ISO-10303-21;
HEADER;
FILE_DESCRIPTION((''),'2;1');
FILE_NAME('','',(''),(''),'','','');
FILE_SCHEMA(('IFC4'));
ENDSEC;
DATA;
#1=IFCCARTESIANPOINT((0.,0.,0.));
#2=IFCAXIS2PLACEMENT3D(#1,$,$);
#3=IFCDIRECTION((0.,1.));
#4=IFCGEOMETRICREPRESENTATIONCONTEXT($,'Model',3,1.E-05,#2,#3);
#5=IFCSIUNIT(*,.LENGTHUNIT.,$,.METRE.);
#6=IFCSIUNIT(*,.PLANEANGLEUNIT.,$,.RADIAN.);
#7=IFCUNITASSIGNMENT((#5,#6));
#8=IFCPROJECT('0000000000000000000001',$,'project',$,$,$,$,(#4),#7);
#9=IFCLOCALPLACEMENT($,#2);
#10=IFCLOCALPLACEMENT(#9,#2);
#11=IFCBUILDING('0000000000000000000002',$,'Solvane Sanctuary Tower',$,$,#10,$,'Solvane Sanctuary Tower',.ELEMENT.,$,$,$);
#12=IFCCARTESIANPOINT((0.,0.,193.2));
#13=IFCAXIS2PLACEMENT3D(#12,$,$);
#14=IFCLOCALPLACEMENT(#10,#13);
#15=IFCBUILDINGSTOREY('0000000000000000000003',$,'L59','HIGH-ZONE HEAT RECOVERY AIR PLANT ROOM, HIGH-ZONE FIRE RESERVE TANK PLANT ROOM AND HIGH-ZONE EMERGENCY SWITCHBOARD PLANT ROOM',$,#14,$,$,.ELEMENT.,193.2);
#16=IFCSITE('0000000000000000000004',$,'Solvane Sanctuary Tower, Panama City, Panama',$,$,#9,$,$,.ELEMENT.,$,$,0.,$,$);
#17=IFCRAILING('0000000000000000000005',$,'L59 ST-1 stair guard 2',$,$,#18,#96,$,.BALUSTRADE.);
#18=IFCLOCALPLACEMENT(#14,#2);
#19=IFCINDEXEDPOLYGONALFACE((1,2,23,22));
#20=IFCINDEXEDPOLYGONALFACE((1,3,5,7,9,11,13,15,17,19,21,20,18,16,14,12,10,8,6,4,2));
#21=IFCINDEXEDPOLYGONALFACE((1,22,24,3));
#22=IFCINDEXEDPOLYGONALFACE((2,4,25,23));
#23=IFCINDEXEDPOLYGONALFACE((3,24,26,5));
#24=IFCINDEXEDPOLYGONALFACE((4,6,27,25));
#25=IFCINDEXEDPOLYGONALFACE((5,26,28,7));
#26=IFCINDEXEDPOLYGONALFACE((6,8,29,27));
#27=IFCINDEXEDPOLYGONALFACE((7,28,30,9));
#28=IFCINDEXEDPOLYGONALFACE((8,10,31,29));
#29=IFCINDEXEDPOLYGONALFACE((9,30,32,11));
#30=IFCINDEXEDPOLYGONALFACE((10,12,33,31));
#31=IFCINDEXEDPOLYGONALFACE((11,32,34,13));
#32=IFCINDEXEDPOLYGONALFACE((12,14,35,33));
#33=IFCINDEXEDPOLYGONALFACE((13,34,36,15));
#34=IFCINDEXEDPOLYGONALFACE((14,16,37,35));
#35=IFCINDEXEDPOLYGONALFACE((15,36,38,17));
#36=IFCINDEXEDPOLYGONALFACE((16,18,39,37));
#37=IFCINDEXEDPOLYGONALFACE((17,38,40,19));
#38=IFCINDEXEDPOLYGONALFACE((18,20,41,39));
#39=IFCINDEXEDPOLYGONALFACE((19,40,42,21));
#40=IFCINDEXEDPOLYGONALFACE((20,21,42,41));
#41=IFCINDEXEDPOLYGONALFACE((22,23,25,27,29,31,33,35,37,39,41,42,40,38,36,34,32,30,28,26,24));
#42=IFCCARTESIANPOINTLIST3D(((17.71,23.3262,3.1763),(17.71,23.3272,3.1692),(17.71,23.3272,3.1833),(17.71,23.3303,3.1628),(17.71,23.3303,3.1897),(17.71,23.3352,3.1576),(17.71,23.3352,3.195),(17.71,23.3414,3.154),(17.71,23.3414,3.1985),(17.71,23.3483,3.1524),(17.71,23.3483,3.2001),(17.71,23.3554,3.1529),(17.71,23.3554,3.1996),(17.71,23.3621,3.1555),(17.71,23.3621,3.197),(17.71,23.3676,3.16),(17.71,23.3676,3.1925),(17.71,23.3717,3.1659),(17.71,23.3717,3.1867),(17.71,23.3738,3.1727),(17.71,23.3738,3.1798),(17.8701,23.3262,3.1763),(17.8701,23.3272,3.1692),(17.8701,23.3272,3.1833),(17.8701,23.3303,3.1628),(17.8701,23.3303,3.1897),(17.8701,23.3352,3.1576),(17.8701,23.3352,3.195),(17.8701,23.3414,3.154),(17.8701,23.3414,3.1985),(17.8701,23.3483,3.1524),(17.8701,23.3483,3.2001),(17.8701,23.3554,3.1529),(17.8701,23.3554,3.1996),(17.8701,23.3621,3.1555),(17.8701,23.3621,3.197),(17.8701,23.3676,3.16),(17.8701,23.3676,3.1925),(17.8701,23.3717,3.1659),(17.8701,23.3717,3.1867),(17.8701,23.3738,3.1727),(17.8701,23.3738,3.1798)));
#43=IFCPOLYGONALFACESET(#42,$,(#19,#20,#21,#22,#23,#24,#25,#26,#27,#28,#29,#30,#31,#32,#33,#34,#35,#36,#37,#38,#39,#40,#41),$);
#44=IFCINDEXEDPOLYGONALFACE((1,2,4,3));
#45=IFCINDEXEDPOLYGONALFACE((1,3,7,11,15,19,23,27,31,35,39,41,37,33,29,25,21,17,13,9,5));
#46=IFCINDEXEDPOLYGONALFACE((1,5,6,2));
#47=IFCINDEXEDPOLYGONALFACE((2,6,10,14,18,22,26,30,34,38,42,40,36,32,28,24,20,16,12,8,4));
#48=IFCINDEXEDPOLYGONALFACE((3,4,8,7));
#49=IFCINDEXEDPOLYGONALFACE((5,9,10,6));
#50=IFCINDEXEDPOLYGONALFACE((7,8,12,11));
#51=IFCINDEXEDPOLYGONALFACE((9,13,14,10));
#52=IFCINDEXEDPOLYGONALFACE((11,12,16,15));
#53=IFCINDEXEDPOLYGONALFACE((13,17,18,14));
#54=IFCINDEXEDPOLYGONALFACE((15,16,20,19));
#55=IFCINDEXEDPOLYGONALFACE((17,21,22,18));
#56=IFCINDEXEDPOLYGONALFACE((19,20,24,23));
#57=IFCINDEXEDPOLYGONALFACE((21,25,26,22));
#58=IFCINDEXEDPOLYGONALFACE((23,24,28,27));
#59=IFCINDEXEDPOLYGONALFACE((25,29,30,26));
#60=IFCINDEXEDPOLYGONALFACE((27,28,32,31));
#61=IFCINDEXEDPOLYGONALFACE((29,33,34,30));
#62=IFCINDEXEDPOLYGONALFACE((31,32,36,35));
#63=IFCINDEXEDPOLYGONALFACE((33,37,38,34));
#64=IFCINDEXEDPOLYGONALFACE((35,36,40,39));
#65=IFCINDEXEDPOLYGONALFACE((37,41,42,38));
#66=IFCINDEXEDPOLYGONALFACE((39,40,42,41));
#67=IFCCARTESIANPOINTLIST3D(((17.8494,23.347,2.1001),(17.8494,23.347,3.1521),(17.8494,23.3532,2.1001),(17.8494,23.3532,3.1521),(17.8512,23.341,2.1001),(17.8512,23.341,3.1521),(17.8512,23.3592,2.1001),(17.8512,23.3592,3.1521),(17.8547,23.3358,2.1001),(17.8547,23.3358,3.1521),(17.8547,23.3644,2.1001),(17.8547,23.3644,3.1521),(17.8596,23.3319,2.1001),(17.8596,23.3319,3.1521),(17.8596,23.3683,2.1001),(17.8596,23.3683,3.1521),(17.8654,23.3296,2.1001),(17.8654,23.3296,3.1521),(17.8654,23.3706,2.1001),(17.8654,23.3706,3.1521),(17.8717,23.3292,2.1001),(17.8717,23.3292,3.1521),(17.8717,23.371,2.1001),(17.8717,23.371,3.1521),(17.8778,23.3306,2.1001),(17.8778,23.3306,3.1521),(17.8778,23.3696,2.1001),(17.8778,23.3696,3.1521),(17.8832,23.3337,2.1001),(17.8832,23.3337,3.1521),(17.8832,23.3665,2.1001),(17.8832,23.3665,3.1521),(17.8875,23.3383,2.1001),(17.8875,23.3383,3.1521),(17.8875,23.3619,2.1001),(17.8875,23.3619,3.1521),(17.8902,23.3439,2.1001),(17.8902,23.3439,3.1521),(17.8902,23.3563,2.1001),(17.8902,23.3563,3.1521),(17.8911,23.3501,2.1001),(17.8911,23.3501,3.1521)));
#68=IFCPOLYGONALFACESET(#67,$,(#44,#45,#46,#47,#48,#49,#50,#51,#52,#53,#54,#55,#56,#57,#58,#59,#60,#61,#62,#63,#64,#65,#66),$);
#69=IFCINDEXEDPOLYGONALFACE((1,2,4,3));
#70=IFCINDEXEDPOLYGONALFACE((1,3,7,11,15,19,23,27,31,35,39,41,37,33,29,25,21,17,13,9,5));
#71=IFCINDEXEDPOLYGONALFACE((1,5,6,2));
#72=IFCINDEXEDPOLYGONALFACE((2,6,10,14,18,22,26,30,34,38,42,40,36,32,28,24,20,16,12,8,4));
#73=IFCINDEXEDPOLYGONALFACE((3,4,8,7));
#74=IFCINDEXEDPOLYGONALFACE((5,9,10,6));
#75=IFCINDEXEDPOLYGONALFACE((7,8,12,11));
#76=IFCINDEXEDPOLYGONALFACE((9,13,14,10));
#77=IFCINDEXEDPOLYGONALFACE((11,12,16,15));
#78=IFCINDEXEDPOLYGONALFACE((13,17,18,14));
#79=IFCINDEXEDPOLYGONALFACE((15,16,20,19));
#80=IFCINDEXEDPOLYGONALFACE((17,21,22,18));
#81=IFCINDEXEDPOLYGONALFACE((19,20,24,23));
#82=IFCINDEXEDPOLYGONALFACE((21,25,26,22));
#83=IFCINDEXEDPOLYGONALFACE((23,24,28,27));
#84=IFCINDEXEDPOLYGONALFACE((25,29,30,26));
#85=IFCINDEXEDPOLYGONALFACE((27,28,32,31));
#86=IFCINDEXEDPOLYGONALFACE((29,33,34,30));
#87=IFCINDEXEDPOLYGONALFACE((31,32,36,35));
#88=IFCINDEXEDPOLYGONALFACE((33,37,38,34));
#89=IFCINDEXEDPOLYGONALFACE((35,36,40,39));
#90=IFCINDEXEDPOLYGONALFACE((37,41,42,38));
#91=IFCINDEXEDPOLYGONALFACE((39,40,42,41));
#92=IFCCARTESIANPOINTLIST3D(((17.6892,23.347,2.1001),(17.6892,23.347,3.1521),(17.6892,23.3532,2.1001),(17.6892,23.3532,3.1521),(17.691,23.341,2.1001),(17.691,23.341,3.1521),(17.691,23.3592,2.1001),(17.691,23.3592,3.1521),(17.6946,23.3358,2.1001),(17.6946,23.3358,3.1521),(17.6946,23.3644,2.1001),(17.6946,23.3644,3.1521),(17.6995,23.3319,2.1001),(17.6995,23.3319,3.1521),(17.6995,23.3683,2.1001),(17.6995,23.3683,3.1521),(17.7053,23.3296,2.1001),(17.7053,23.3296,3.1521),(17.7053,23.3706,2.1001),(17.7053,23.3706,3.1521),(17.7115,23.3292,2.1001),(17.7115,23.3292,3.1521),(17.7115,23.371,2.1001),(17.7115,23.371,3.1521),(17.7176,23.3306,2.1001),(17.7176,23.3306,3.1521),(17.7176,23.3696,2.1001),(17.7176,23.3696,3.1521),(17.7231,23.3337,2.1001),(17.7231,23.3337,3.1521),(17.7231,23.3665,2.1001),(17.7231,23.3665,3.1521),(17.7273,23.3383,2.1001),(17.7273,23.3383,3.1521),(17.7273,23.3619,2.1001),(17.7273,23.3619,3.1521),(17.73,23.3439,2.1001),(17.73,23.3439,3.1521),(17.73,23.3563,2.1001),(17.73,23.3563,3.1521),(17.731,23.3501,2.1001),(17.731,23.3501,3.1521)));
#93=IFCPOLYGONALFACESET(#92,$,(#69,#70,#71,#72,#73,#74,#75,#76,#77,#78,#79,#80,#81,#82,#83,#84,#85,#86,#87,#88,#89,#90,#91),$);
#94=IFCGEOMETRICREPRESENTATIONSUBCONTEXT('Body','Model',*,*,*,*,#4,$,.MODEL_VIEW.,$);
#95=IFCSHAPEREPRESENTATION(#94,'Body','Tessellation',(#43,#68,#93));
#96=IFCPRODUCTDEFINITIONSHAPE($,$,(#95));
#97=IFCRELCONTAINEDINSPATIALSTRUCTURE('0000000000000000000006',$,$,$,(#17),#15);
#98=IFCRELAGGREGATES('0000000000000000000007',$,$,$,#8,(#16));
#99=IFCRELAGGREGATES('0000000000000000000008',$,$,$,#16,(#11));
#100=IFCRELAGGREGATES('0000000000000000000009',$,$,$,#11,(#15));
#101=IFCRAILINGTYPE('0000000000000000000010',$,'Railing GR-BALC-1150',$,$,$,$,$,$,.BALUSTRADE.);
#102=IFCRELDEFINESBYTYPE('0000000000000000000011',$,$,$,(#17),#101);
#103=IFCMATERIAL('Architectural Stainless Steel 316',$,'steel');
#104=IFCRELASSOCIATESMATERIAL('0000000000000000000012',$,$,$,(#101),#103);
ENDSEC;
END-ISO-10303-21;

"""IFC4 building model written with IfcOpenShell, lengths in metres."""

from ifc_helpers import new_model, si_unit, direction, frame, origin, origin_2d, place, context, subcontext, project, spatial, circle, extrude, material, type_object, element, save


model = new_model("IFC4")

# Units and contexts
model_context = context("Model", 3, precision=1e-05, world=origin(), true_north=direction((0.0, 1.0)))
body_context = subcontext(model_context, "Body", "Model", "MODEL_VIEW")
ifc_project = project(units=[si_unit("LENGTHUNIT", "METRE"), si_unit("PLANEANGLEUNIT", "RADIAN")], contexts=[model_context])

# Site, building, storey
site_placement = place(None, origin())
site = spatial("IfcSite", under=ifc_project, at=site_placement, Name="Solvane Sanctuary Tower, Panama City, Panama", CompositionType="ELEMENT", RefElevation=0.0)
building_placement = place(site_placement, origin())
building = spatial("IfcBuilding", under=site, at=building_placement, Name="Solvane Sanctuary Tower", LongName="Solvane Sanctuary Tower", CompositionType="ELEMENT")
storey_placement = place(building_placement, frame((0.0, 0.0, 193.2)))
storey = spatial("IfcBuildingStorey", under=building, at=storey_placement, Name="L59", Description="HIGH-ZONE HEAT RECOVERY AIR PLANT ROOM, HIGH-ZONE FIRE RESERVE TANK PLANT ROOM AND HIGH-ZONE EMERGENCY SWITCHBOARD PLANT ROOM", CompositionType="ELEMENT", Elevation=193.2)

# Shared definitions
ifc_material_1 = material(Name="Architectural Stainless Steel 316", Category="steel")

# Railing
railing_type_1 = type_object("IfcRailingType", Name="Railing GR-BALC-1150", PredefinedType="BALUSTRADE", material=ifc_material_1)
railing_1_placement = place(storey_placement, frame((17.8701, 23.3501, 2.1001)))
element("IfcRailing", 1, at=railing_1_placement, inside=storey, type_object=railing_type_1, Name="L59 ST-1 stair guard 2", PredefinedType="BALUSTRADE", context=body_context, shape_type="SweptSolid", body=[
    extrude(circle(Radius=0.0239, at=origin_2d()), frame((0.0, 0.0, 1.0762), z_axis=(-1.0, 0.0, 0.0), x_axis=(0.0, -1.0, 0.0)), (0.0, 0.0, 1.0), 0.1602),
    extrude(circle(Radius=0.021, at=origin_2d()), origin(), (0.0, 0.0, 1.0), 1.052),
    extrude(circle(Radius=0.021, at=origin_2d()), frame((-0.1602, 0.0, 0.0)), (0.0, 0.0, 1.0), 1.052),
])

save(model, "model.ifc")
